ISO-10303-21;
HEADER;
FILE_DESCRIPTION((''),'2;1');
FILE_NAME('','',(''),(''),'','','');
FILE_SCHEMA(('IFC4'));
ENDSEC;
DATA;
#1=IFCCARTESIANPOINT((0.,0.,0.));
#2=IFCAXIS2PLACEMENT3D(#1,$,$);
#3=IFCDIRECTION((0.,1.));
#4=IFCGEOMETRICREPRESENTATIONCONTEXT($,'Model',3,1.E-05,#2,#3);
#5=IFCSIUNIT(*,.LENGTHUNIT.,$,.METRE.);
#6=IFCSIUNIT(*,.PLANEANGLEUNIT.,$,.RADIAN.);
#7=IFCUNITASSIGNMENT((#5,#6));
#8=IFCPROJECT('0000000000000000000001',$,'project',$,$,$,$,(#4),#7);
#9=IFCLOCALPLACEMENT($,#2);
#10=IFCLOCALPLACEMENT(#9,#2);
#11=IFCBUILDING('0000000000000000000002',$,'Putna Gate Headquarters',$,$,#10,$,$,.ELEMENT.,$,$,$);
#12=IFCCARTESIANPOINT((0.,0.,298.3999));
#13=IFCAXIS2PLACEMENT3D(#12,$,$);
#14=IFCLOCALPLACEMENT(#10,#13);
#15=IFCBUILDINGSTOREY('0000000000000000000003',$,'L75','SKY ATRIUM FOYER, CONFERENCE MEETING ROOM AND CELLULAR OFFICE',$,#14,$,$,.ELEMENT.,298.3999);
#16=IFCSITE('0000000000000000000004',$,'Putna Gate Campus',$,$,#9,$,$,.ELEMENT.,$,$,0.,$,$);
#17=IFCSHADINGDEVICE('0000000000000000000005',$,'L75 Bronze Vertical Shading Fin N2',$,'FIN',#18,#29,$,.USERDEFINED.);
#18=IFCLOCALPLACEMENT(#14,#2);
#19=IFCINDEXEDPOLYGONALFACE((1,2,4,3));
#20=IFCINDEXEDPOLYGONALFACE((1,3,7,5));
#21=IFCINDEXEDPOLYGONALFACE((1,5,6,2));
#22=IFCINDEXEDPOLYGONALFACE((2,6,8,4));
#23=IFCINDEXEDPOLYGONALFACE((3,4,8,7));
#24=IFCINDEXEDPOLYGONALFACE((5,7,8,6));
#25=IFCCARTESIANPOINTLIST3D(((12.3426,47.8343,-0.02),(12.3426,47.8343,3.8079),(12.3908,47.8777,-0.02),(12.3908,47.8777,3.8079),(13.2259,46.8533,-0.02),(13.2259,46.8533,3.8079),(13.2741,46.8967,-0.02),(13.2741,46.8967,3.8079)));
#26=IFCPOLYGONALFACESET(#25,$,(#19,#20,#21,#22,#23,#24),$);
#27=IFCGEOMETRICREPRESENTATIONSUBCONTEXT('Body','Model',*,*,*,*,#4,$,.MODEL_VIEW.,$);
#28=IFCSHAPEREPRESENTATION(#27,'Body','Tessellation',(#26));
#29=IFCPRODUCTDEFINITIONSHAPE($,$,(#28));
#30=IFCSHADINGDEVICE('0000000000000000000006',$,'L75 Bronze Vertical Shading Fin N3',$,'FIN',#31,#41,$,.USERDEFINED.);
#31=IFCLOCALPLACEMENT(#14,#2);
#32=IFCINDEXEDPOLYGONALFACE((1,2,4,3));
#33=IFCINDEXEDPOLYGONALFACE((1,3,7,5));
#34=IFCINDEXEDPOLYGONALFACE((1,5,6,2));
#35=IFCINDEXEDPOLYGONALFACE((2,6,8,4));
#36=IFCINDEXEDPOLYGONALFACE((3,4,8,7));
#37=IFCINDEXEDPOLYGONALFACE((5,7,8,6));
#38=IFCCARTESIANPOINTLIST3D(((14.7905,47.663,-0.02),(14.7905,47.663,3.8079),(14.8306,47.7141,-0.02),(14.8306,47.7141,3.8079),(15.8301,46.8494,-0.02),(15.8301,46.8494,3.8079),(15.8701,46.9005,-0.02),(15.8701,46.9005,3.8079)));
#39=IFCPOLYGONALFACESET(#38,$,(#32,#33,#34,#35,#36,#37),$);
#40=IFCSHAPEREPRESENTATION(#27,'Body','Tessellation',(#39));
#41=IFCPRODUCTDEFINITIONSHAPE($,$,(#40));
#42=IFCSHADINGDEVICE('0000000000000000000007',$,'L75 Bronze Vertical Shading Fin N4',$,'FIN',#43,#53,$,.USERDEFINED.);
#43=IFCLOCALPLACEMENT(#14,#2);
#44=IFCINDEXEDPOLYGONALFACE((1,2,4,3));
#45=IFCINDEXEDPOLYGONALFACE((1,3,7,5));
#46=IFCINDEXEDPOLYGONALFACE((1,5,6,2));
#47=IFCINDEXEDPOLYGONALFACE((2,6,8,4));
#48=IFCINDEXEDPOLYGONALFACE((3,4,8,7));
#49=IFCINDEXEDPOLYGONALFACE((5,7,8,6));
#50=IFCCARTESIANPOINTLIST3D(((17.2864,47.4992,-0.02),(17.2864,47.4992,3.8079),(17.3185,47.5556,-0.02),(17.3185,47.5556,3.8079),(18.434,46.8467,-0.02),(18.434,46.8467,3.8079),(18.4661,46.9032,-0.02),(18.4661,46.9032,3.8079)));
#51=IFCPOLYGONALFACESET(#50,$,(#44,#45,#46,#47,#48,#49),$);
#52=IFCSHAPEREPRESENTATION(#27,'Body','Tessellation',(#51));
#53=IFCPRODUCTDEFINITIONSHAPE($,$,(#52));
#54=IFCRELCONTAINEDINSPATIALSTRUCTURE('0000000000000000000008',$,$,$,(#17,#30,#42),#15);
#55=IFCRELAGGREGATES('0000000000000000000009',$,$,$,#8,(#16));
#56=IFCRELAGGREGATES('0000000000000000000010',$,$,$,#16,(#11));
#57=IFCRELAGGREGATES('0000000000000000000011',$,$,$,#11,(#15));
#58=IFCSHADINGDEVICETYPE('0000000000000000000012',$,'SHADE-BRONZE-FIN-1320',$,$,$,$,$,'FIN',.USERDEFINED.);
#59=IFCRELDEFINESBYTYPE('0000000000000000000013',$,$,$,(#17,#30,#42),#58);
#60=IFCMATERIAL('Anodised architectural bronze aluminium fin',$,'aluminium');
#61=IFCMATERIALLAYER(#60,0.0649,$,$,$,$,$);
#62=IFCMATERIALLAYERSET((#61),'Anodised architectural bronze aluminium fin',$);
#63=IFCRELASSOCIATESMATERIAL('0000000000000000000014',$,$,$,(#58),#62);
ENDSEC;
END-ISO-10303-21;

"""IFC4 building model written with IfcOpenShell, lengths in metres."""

from ifc_helpers import new_model, si_unit, direction, frame, origin, origin_2d, place, context, subcontext, project, spatial, rectangle, extrude, material, layer, layer_set, type_object, element, save


model = new_model("IFC4")

# Units and contexts
model_context = context("Model", 3, precision=1e-05, world=origin(), true_north=direction((0.0, 1.0)))
body_context = subcontext(model_context, "Body", "Model", "MODEL_VIEW")
ifc_project = project(units=[si_unit("LENGTHUNIT", "METRE"), si_unit("PLANEANGLEUNIT", "RADIAN")], contexts=[model_context])

# Site, building, storey
site_placement = place(None, origin())
site = spatial("IfcSite", under=ifc_project, at=site_placement, Name="Putna Gate Campus", CompositionType="ELEMENT", RefElevation=0.0)
building_placement = place(site_placement, origin())
building = spatial("IfcBuilding", under=site, at=building_placement, Name="Putna Gate Headquarters", CompositionType="ELEMENT")
storey_placement = place(building_placement, frame((0.0, 0.0, 298.3999)))
storey = spatial("IfcBuildingStorey", under=building, at=storey_placement, Name="L75", Description="SKY ATRIUM FOYER, CONFERENCE MEETING ROOM AND CELLULAR OFFICE", CompositionType="ELEMENT", Elevation=298.3999)

# Shading devices
ifc_material_1 = material(Name="Anodised architectural bronze aluminium fin", Category="aluminium")
ifc_layer_1 = layer(ifc_material_1, 0.0649)
ifc_layer_set_1 = layer_set([ifc_layer_1], Name="Anodised architectural bronze aluminium fin")
shading_device_type = type_object("IfcShadingDeviceType", Name="SHADE-BRONZE-FIN-1320", ElementType="FIN", PredefinedType="USERDEFINED", material=ifc_layer_set_1)
for number, where, z_axis, x_axis, name in (
    (1, (12.8083, 47.3655, -0.02), (0.0, 0.0, 1.0), (-0.669131, 0.743145, 0.0), "L75 Bronze Vertical Shading Fin N2"),
    (2, (15.3303, 47.2817, -0.02), (0.0, 0.0, 1.0), (-0.787473, 0.616349, 0.0), "L75 Bronze Vertical Shading Fin N3"),
    (3, (17.8762, 47.2012, -0.02), (0.0, 0.0, 1.0), (-0.869322, 0.494245, 0.0), "L75 Bronze Vertical Shading Fin N4"),
):
    element("IfcShadingDevice", number, at=place(storey_placement, frame(where, z_axis=z_axis, x_axis=x_axis)), inside=storey, type_object=shading_device_type, Name=name, ObjectType="FIN", PredefinedType="USERDEFINED", context=body_context, shape_type="SweptSolid", body=[
        extrude(rectangle(XDim=1.3201, YDim=0.0649, at=origin_2d()), origin(), (0.0, 0.0, 1.0), 3.8279),
    ])

save(model, "model.ifc")
